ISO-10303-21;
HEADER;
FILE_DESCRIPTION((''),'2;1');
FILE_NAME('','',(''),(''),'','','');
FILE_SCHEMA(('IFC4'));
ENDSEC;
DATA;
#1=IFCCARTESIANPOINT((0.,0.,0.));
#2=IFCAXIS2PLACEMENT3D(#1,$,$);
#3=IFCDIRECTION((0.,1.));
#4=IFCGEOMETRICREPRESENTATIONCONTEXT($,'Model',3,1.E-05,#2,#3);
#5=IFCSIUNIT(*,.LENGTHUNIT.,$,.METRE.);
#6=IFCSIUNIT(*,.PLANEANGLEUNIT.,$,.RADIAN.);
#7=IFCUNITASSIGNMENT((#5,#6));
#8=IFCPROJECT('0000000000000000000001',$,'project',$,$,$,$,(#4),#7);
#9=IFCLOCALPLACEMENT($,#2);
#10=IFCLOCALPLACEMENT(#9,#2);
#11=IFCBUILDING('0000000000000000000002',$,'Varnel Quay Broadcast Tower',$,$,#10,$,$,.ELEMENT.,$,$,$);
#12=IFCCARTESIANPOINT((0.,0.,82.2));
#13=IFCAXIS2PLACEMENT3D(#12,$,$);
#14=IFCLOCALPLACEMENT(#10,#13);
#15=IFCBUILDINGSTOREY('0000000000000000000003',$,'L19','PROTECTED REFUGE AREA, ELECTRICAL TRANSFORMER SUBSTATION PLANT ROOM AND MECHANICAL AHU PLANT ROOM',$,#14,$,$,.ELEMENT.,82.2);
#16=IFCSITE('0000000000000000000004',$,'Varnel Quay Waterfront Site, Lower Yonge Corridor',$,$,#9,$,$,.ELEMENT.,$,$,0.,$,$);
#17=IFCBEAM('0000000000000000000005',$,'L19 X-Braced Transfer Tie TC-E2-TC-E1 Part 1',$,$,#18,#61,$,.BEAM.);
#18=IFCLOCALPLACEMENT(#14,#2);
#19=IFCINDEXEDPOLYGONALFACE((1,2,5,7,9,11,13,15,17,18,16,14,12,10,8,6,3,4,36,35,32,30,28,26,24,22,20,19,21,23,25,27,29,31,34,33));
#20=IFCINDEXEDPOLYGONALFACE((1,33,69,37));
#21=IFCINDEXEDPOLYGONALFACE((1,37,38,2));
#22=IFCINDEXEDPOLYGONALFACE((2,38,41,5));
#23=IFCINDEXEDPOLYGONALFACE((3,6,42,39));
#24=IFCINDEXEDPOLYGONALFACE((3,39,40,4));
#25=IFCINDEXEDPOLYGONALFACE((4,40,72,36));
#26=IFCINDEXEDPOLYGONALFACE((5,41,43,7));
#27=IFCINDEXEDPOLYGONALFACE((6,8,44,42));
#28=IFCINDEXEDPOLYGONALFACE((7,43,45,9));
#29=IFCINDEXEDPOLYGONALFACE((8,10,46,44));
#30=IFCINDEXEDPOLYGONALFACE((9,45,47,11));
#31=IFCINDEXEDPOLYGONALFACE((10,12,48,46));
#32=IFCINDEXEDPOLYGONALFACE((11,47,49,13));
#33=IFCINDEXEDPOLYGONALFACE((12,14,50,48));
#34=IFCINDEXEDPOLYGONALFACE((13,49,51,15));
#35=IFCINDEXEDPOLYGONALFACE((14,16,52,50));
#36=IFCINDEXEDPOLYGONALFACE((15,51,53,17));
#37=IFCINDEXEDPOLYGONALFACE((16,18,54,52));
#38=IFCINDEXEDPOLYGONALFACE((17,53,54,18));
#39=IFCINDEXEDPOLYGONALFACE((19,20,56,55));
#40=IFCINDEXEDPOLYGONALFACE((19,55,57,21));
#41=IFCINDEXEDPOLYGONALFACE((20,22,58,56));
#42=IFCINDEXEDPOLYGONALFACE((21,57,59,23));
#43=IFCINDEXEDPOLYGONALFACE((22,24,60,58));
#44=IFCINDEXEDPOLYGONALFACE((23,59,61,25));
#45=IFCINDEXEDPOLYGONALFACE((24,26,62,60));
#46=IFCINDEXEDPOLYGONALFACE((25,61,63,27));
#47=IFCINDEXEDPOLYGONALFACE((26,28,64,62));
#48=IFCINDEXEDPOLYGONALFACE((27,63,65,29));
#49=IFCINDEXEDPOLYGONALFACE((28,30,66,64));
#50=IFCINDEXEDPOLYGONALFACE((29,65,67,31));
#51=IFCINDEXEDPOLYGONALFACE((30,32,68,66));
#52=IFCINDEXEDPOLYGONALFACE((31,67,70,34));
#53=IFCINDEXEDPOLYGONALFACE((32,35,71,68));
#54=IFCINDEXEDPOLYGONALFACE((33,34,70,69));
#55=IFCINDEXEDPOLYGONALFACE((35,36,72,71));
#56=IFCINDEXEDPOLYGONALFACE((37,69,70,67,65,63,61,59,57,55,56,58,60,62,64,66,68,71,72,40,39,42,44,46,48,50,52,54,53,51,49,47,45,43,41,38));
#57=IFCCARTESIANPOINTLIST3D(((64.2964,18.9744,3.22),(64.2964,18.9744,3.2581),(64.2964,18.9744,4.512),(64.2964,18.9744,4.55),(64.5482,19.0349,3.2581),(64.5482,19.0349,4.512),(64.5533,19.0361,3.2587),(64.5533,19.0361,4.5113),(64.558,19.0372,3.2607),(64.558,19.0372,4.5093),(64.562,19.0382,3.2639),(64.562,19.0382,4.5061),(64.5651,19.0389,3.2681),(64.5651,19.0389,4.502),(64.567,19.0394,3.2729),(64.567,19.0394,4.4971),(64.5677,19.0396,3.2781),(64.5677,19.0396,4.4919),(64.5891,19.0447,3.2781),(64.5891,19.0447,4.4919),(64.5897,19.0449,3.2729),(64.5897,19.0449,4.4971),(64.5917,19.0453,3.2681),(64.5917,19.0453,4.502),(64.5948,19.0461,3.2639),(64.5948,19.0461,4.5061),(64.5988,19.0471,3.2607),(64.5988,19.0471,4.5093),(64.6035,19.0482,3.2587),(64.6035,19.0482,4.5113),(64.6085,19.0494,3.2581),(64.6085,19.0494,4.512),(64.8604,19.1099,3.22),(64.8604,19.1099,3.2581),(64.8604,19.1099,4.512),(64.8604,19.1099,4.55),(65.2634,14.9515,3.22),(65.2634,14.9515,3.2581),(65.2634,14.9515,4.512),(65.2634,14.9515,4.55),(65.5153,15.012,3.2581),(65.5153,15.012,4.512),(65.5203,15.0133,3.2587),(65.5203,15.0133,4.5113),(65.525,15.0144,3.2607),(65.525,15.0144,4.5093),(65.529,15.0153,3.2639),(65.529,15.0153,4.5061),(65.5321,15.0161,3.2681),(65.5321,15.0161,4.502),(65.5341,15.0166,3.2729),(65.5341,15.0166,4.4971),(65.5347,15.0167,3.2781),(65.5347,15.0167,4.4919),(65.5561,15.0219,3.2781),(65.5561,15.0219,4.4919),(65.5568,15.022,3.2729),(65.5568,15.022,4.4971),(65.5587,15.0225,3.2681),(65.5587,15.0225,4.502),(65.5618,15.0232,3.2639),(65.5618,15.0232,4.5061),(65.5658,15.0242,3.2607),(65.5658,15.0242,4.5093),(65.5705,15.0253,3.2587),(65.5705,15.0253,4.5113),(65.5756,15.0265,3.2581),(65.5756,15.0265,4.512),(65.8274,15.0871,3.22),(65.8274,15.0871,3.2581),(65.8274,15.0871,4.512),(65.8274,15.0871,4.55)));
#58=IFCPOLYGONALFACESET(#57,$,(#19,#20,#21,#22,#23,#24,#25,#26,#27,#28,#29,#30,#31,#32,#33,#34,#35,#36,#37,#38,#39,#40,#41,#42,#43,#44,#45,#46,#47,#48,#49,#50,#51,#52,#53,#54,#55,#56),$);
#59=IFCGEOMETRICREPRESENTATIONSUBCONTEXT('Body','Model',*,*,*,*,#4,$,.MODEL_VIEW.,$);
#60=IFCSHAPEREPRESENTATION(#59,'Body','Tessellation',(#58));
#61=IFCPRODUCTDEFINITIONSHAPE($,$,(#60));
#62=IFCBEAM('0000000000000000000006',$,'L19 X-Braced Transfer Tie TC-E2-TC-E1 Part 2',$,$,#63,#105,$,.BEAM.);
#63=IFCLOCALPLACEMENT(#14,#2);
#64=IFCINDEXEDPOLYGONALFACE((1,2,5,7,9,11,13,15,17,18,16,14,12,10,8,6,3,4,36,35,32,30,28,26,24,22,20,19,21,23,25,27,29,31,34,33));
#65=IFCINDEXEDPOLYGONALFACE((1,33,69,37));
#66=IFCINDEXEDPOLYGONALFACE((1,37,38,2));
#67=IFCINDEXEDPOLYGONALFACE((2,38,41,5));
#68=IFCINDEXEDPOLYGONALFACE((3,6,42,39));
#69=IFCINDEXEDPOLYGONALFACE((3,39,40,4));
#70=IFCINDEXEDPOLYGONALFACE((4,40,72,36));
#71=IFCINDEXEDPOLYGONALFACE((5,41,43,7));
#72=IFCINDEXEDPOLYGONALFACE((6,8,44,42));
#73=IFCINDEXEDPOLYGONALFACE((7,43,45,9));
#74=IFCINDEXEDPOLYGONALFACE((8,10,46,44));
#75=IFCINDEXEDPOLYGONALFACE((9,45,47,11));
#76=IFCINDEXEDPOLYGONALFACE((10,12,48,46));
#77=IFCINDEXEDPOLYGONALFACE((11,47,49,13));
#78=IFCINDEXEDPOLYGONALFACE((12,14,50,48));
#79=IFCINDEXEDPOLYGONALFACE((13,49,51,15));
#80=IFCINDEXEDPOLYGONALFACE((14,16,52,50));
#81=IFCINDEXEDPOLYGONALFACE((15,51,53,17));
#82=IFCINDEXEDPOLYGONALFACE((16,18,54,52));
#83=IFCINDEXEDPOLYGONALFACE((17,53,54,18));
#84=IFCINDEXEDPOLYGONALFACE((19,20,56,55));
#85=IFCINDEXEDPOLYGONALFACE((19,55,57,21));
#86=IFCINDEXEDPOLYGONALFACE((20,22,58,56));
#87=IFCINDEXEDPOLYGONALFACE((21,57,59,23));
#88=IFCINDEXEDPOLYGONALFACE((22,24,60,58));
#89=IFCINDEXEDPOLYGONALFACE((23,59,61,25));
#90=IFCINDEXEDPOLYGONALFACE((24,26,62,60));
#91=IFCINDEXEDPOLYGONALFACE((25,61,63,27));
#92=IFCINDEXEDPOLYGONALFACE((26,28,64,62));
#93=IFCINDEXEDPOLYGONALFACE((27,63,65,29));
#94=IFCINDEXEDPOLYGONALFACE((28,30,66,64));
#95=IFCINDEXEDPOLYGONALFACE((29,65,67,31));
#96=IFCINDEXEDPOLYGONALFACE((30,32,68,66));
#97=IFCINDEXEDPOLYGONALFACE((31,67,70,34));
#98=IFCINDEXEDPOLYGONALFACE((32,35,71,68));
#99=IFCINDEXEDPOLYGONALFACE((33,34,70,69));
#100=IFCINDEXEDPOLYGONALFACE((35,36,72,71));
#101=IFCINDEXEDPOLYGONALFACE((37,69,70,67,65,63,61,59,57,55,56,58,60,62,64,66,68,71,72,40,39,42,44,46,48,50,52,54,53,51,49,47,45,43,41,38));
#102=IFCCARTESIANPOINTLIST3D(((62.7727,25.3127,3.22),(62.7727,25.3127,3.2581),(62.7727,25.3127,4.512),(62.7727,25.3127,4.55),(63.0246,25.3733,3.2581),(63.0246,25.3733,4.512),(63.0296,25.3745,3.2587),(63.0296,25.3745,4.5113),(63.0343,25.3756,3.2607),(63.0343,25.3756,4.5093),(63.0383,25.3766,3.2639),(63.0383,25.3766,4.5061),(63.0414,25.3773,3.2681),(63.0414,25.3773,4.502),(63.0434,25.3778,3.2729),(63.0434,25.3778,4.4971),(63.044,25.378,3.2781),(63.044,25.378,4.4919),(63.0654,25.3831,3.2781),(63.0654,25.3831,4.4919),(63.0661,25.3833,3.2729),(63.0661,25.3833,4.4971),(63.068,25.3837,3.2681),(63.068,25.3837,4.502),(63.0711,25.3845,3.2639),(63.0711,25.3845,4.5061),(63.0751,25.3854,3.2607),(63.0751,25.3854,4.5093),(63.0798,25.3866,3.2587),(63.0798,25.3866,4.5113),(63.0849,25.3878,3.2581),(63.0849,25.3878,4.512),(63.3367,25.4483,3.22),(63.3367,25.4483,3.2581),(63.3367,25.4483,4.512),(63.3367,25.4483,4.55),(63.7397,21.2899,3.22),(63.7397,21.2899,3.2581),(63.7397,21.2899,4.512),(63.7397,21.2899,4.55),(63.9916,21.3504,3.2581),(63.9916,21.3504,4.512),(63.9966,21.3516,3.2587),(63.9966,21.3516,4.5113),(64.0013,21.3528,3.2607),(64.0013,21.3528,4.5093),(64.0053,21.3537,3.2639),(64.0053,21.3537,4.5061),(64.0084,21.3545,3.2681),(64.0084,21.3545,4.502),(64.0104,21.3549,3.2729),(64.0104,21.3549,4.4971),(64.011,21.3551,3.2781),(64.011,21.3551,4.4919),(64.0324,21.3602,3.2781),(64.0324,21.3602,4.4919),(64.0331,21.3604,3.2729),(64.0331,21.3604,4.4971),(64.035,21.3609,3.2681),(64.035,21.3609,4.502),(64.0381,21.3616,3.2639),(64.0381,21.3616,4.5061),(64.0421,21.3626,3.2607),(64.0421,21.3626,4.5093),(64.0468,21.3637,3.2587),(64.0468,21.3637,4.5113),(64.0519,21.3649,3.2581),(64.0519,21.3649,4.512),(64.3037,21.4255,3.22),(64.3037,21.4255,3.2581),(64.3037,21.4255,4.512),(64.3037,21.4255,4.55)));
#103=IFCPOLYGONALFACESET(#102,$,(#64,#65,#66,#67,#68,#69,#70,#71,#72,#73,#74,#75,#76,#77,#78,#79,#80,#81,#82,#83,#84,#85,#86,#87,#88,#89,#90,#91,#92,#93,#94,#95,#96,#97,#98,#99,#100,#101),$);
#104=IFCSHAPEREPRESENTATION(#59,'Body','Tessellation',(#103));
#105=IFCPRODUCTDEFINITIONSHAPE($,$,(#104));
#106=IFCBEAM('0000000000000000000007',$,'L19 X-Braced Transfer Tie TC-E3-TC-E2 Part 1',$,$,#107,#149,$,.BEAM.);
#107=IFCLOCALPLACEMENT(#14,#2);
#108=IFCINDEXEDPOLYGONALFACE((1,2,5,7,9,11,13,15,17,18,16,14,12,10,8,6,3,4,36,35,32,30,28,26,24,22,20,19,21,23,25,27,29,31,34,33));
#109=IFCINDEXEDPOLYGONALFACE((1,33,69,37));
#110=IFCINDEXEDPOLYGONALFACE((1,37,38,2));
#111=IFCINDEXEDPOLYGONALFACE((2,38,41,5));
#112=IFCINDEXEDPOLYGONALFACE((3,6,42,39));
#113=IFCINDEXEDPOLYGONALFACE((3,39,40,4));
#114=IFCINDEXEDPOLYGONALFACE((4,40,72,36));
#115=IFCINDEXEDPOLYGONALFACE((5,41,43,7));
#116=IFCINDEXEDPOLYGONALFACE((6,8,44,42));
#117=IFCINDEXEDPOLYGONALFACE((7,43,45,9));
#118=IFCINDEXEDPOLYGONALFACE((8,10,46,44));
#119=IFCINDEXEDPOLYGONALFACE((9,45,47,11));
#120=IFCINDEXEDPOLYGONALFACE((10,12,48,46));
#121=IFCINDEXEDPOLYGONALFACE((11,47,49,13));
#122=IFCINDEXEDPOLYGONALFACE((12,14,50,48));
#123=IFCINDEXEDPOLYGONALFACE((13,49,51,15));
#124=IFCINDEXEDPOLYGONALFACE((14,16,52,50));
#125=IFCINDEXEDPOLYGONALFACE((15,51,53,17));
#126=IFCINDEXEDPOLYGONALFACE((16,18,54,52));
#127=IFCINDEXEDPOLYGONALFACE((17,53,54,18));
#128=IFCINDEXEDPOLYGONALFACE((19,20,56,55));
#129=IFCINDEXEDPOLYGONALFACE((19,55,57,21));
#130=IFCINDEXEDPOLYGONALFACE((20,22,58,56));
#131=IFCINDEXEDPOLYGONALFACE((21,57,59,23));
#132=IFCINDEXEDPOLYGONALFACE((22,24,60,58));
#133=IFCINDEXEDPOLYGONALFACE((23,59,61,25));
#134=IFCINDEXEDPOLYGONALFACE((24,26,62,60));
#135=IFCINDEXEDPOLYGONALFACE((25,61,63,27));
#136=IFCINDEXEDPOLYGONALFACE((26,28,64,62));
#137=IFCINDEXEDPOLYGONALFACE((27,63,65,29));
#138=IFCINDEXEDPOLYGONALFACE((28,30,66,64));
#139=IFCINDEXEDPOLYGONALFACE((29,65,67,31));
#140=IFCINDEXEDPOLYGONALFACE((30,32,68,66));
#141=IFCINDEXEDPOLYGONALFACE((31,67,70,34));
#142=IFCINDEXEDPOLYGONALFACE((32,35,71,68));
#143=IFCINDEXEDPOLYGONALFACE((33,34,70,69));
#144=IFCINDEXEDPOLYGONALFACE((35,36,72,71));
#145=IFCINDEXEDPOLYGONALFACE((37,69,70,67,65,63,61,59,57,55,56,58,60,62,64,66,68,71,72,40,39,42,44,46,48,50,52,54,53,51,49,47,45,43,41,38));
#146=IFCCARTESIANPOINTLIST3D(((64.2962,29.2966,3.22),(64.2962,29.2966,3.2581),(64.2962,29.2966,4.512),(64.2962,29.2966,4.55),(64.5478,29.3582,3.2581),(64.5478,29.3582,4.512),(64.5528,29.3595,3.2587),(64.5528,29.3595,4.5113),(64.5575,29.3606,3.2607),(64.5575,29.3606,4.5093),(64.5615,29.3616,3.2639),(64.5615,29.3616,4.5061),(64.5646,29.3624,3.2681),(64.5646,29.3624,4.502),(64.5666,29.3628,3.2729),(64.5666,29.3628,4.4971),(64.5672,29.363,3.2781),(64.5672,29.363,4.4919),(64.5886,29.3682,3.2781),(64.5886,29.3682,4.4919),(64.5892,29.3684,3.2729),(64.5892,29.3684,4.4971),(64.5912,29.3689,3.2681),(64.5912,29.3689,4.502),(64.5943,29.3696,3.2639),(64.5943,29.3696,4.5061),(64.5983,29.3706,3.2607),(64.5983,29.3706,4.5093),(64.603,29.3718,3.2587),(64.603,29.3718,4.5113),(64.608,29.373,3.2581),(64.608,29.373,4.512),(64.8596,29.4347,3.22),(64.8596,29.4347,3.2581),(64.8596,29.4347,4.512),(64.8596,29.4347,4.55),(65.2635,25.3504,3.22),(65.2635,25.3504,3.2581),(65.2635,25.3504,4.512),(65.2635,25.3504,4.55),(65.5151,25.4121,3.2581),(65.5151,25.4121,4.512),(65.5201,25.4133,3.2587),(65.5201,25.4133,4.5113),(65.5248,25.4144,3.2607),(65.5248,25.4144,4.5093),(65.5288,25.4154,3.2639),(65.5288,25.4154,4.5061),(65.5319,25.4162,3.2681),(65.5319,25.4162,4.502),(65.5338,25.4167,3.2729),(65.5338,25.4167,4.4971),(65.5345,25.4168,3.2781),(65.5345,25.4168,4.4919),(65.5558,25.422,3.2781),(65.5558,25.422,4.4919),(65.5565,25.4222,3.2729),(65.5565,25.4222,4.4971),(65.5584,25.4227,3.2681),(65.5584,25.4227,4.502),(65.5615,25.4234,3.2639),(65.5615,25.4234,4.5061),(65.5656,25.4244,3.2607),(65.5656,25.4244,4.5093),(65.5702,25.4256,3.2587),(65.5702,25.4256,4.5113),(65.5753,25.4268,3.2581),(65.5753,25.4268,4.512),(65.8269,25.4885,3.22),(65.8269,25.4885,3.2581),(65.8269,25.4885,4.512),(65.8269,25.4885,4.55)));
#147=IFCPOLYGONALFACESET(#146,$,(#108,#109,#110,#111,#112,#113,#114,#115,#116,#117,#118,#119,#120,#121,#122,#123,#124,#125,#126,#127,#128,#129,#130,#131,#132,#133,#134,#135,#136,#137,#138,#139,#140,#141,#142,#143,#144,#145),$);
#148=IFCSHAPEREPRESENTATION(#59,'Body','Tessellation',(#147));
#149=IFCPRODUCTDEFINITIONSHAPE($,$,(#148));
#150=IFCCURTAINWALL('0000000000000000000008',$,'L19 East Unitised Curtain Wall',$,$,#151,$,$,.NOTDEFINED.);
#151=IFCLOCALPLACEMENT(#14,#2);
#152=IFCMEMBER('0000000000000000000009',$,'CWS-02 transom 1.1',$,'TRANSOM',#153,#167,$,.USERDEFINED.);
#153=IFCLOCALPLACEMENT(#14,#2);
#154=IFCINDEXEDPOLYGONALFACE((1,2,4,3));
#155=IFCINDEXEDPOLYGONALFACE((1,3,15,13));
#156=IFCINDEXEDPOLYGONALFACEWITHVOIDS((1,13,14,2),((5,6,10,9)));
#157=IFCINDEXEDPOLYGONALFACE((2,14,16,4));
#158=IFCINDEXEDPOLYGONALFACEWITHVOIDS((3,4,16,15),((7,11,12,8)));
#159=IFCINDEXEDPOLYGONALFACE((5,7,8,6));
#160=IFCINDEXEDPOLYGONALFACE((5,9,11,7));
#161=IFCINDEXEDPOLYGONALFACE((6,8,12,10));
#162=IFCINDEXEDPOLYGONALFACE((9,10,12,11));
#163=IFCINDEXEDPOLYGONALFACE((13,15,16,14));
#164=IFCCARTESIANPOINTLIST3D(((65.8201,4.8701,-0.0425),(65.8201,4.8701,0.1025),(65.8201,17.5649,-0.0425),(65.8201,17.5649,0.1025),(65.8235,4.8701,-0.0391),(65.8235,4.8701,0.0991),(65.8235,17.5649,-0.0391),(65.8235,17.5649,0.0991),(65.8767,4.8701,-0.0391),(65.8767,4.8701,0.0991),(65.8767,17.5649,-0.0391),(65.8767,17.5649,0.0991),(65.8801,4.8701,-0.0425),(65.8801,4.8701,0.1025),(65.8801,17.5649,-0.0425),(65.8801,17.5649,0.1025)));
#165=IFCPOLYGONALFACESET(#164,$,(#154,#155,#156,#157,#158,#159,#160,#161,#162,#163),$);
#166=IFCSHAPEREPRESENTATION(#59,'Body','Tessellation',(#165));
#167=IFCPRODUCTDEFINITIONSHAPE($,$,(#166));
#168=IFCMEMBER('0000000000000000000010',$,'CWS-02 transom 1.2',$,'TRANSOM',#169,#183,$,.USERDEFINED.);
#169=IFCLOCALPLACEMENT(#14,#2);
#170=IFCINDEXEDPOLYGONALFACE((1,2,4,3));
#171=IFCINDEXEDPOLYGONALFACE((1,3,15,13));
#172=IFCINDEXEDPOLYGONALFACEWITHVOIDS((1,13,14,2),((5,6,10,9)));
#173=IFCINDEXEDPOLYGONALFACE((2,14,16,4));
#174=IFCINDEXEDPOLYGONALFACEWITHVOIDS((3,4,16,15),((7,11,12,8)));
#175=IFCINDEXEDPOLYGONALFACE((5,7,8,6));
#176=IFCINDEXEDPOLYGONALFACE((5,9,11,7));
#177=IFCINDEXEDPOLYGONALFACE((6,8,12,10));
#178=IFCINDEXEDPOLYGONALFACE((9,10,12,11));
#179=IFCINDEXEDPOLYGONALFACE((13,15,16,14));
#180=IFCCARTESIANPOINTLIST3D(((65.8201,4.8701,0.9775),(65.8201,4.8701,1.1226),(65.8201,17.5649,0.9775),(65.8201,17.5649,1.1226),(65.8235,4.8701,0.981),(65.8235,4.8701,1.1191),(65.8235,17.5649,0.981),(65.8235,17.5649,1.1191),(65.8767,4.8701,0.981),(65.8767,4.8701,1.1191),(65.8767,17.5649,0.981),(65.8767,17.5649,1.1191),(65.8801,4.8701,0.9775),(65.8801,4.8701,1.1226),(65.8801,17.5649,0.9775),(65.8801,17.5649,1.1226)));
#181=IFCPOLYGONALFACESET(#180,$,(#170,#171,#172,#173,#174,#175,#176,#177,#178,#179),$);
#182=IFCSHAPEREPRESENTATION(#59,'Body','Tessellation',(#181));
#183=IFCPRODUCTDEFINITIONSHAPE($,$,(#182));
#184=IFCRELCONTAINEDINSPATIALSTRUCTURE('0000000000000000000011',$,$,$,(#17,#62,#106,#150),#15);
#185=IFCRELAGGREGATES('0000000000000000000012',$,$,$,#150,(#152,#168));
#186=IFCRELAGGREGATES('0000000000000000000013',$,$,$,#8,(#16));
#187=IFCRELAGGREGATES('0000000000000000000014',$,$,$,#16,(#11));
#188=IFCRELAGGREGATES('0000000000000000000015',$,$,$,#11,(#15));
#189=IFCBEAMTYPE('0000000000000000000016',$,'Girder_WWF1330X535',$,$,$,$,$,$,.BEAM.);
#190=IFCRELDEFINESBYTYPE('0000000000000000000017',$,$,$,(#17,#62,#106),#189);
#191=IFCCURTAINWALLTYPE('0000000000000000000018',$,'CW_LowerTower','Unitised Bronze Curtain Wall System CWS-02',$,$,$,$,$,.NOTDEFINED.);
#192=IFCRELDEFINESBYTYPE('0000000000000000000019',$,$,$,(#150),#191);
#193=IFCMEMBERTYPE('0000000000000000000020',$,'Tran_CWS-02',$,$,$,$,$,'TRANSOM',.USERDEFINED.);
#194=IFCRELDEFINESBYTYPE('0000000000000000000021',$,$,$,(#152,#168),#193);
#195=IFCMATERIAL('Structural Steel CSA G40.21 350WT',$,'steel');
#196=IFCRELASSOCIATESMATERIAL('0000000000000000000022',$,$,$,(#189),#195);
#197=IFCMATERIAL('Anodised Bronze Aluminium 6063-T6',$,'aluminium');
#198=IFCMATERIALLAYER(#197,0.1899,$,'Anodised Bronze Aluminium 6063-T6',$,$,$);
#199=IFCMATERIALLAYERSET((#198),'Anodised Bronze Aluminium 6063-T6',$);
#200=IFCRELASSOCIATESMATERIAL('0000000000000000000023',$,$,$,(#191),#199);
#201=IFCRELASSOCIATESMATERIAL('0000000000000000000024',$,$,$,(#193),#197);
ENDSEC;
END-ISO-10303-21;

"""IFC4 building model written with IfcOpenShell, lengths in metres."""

from ifc_helpers import new_model, si_unit, direction, frame, origin, origin_2d, place, context, subcontext, project, spatial, hollow_rectangle, i_section, extrude, source, transform, mapped, material, layer, layer_set, material_profile, profile_set, type_object, element, aggregate, save


model = new_model("IFC4")

# Units and contexts
model_context = context("Model", 3, precision=1e-05, world=origin(), true_north=direction((0.0, 1.0)))
body_context = subcontext(model_context, "Body", "Model", "MODEL_VIEW")
ifc_project = project(units=[si_unit("LENGTHUNIT", "METRE"), si_unit("PLANEANGLEUNIT", "RADIAN")], contexts=[model_context])

# Site, building, storey
site_placement = place(None, origin())
site = spatial("IfcSite", under=ifc_project, at=site_placement, Name="Varnel Quay Waterfront Site, Lower Yonge Corridor", CompositionType="ELEMENT", RefElevation=0.0)
building_placement = place(site_placement, origin())
building = spatial("IfcBuilding", under=site, at=building_placement, Name="Varnel Quay Broadcast Tower", CompositionType="ELEMENT")
storey_placement = place(building_placement, frame((0.0, 0.0, 82.2)))
storey = spatial("IfcBuildingStorey", under=building, at=storey_placement, Name="L19", Description="PROTECTED REFUGE AREA, ELECTRICAL TRANSFORMER SUBSTATION PLANT ROOM AND MECHANICAL AHU PLANT ROOM", CompositionType="ELEMENT", Elevation=82.2)

# Beams
ifc_material_1 = material(Name="Structural Steel CSA G40.21 350WT", Category="steel")
ifc_material_profile_1 = material_profile(ifc_material_1, i_section(OverallWidth=0.5801, OverallDepth=1.3301, WebThickness=0.022, FlangeThickness=0.0381, FilletRadius=0.02, at=origin_2d()), Name="WWF1330X535")
ifc_profile_set_1 = profile_set([ifc_material_profile_1], Name="Structural Steel CSA G40.21 350WT")
beam_type = type_object("IfcBeamType", Name="Girder_WWF1330X535", PredefinedType="BEAM", material=ifc_profile_set_1)
shared_shape_1 = source(origin(), body_context, "Body", "SweptSolid", [
    extrude(i_section(OverallWidth=0.5801, OverallDepth=1.3301, WebThickness=0.022, FlangeThickness=0.0381, FilletRadius=0.02, at=origin_2d()), origin(), (0.0, 0.0, 1.0), 4.1375),
])
for number, where, z_axis, x_axis, name in (
    (1, (65.5454, 15.0193, 3.885), (-0.233723, 0.972303, 0.0), (-0.972303, -0.233723, 0.0), "L19 X-Braced Transfer Tie TC-E2-TC-E1 Part 1"),
    (2, (64.0217, 21.3577, 3.885), (-0.233723, 0.972303, 0.0), (-0.972303, -0.233723, 0.0), "L19 X-Braced Transfer Tie TC-E2-TC-E1 Part 2"),
):
    element("IfcBeam", number, at=place(storey_placement, frame(where, z_axis=z_axis, x_axis=x_axis)), inside=storey, type_object=beam_type, Name=name, PredefinedType="BEAM", context=body_context, shape_type="MappedRepresentation", body=[
        mapped(shared_shape_1, transform((0.0, 0.0, 0.0), x_axis=(1.0, 0.0, 0.0), y_axis=(0.0, 1.0, 0.0), z_axis=(0.0, 0.0, 1.0), scale=1.0)),
    ])
shared_shape_2 = source(origin(), body_context, "Body", "SweptSolid", [
    extrude(i_section(OverallWidth=0.5801, OverallDepth=1.3301, WebThickness=0.022, FlangeThickness=0.0381, FilletRadius=0.02, at=origin_2d()), origin(), (0.0, 0.0, 1.0), 4.063),
])
beam_1_placement = place(storey_placement, frame((65.5452, 25.4194, 3.885), z_axis=(-0.238065, 0.971249, 0.0), x_axis=(-0.971249, -0.238065, 0.0)))
element("IfcBeam", 3, at=beam_1_placement, inside=storey, type_object=beam_type, Name="L19 X-Braced Transfer Tie TC-E3-TC-E2 Part 1", PredefinedType="BEAM", context=body_context, shape_type="MappedRepresentation", body=[
    mapped(shared_shape_2, transform((0.0, 0.0, 0.0), x_axis=(1.0, 0.0, 0.0), y_axis=(0.0, 1.0, 0.0), z_axis=(0.0, 0.0, 1.0), scale=1.0)),
])

# Curtain wall, members
ifc_material_2 = material(Name="Anodised Bronze Aluminium 6063-T6", Category="aluminium")
ifc_layer_1 = layer(ifc_material_2, 0.1899, Name="Anodised Bronze Aluminium 6063-T6")
ifc_layer_set_1 = layer_set([ifc_layer_1], Name="Anodised Bronze Aluminium 6063-T6")
curtain_wall_type = type_object("IfcCurtainWallType", Name="CW_LowerTower", Description="Unitised Bronze Curtain Wall System CWS-02", PredefinedType="NOTDEFINED", material=ifc_layer_set_1)
curtain_wall_placement = place(storey_placement, origin())
curtain_wall = element("IfcCurtainWall", 4, at=curtain_wall_placement, inside=storey, type_object=curtain_wall_type, Name="L19 East Unitised Curtain Wall", PredefinedType="NOTDEFINED")
ifc_material_profile_2 = material_profile(ifc_material_2, hollow_rectangle(XDim=0.0601, YDim=0.145, WallThickness=0.0034, at=origin_2d()), Name="ALU60X145X3.5")
ifc_profile_set_2 = profile_set([ifc_material_profile_2], Name="Anodised Bronze Aluminium 6063-T6")
member_type_1 = type_object("IfcMemberType", Name="Tran_CWS-02", ElementType="TRANSOM", PredefinedType="USERDEFINED", material=ifc_profile_set_2)
shared_shape_3 = source(origin(), body_context, "Body", "SweptSolid", [
    extrude(hollow_rectangle(XDim=0.0601, YDim=0.145, WallThickness=0.0034, at=origin_2d()), origin(), (0.0, 0.0, 1.0), 12.6948),
])
member_1_placement = place(storey_placement, frame((65.8501, 4.8701, 0.03), z_axis=(0.0, 1.0, 0.0), x_axis=(-1.0, 0.0, 0.0)))
member_1 = element("IfcMember", 5, at=member_1_placement, type_object=member_type_1, Name="CWS-02 transom 1.1", ObjectType="TRANSOM", PredefinedType="USERDEFINED", context=body_context, shape_type="MappedRepresentation", body=[
    mapped(shared_shape_3, transform((0.0, 0.0, 0.0), x_axis=(1.0, 0.0, 0.0), y_axis=(0.0, 1.0, 0.0), z_axis=(0.0, 0.0, 1.0), scale=1.0)),
])
member_2_placement = place(storey_placement, frame((65.8501, 4.8701, 1.05), z_axis=(0.0, 1.0, 0.0), x_axis=(-1.0, 0.0, 0.0)))
member_2 = element("IfcMember", 6, at=member_2_placement, type_object=member_type_1, Name="CWS-02 transom 1.2", ObjectType="TRANSOM", PredefinedType="USERDEFINED", context=body_context, shape_type="MappedRepresentation", body=[
    mapped(shared_shape_3, transform((0.0, 0.0, 0.0), x_axis=(1.0, 0.0, 0.0), y_axis=(0.0, 1.0, 0.0), z_axis=(0.0, 0.0, 1.0), scale=1.0)),
])
aggregate(curtain_wall, [member_1, member_2])

save(model, "model.ifc")
